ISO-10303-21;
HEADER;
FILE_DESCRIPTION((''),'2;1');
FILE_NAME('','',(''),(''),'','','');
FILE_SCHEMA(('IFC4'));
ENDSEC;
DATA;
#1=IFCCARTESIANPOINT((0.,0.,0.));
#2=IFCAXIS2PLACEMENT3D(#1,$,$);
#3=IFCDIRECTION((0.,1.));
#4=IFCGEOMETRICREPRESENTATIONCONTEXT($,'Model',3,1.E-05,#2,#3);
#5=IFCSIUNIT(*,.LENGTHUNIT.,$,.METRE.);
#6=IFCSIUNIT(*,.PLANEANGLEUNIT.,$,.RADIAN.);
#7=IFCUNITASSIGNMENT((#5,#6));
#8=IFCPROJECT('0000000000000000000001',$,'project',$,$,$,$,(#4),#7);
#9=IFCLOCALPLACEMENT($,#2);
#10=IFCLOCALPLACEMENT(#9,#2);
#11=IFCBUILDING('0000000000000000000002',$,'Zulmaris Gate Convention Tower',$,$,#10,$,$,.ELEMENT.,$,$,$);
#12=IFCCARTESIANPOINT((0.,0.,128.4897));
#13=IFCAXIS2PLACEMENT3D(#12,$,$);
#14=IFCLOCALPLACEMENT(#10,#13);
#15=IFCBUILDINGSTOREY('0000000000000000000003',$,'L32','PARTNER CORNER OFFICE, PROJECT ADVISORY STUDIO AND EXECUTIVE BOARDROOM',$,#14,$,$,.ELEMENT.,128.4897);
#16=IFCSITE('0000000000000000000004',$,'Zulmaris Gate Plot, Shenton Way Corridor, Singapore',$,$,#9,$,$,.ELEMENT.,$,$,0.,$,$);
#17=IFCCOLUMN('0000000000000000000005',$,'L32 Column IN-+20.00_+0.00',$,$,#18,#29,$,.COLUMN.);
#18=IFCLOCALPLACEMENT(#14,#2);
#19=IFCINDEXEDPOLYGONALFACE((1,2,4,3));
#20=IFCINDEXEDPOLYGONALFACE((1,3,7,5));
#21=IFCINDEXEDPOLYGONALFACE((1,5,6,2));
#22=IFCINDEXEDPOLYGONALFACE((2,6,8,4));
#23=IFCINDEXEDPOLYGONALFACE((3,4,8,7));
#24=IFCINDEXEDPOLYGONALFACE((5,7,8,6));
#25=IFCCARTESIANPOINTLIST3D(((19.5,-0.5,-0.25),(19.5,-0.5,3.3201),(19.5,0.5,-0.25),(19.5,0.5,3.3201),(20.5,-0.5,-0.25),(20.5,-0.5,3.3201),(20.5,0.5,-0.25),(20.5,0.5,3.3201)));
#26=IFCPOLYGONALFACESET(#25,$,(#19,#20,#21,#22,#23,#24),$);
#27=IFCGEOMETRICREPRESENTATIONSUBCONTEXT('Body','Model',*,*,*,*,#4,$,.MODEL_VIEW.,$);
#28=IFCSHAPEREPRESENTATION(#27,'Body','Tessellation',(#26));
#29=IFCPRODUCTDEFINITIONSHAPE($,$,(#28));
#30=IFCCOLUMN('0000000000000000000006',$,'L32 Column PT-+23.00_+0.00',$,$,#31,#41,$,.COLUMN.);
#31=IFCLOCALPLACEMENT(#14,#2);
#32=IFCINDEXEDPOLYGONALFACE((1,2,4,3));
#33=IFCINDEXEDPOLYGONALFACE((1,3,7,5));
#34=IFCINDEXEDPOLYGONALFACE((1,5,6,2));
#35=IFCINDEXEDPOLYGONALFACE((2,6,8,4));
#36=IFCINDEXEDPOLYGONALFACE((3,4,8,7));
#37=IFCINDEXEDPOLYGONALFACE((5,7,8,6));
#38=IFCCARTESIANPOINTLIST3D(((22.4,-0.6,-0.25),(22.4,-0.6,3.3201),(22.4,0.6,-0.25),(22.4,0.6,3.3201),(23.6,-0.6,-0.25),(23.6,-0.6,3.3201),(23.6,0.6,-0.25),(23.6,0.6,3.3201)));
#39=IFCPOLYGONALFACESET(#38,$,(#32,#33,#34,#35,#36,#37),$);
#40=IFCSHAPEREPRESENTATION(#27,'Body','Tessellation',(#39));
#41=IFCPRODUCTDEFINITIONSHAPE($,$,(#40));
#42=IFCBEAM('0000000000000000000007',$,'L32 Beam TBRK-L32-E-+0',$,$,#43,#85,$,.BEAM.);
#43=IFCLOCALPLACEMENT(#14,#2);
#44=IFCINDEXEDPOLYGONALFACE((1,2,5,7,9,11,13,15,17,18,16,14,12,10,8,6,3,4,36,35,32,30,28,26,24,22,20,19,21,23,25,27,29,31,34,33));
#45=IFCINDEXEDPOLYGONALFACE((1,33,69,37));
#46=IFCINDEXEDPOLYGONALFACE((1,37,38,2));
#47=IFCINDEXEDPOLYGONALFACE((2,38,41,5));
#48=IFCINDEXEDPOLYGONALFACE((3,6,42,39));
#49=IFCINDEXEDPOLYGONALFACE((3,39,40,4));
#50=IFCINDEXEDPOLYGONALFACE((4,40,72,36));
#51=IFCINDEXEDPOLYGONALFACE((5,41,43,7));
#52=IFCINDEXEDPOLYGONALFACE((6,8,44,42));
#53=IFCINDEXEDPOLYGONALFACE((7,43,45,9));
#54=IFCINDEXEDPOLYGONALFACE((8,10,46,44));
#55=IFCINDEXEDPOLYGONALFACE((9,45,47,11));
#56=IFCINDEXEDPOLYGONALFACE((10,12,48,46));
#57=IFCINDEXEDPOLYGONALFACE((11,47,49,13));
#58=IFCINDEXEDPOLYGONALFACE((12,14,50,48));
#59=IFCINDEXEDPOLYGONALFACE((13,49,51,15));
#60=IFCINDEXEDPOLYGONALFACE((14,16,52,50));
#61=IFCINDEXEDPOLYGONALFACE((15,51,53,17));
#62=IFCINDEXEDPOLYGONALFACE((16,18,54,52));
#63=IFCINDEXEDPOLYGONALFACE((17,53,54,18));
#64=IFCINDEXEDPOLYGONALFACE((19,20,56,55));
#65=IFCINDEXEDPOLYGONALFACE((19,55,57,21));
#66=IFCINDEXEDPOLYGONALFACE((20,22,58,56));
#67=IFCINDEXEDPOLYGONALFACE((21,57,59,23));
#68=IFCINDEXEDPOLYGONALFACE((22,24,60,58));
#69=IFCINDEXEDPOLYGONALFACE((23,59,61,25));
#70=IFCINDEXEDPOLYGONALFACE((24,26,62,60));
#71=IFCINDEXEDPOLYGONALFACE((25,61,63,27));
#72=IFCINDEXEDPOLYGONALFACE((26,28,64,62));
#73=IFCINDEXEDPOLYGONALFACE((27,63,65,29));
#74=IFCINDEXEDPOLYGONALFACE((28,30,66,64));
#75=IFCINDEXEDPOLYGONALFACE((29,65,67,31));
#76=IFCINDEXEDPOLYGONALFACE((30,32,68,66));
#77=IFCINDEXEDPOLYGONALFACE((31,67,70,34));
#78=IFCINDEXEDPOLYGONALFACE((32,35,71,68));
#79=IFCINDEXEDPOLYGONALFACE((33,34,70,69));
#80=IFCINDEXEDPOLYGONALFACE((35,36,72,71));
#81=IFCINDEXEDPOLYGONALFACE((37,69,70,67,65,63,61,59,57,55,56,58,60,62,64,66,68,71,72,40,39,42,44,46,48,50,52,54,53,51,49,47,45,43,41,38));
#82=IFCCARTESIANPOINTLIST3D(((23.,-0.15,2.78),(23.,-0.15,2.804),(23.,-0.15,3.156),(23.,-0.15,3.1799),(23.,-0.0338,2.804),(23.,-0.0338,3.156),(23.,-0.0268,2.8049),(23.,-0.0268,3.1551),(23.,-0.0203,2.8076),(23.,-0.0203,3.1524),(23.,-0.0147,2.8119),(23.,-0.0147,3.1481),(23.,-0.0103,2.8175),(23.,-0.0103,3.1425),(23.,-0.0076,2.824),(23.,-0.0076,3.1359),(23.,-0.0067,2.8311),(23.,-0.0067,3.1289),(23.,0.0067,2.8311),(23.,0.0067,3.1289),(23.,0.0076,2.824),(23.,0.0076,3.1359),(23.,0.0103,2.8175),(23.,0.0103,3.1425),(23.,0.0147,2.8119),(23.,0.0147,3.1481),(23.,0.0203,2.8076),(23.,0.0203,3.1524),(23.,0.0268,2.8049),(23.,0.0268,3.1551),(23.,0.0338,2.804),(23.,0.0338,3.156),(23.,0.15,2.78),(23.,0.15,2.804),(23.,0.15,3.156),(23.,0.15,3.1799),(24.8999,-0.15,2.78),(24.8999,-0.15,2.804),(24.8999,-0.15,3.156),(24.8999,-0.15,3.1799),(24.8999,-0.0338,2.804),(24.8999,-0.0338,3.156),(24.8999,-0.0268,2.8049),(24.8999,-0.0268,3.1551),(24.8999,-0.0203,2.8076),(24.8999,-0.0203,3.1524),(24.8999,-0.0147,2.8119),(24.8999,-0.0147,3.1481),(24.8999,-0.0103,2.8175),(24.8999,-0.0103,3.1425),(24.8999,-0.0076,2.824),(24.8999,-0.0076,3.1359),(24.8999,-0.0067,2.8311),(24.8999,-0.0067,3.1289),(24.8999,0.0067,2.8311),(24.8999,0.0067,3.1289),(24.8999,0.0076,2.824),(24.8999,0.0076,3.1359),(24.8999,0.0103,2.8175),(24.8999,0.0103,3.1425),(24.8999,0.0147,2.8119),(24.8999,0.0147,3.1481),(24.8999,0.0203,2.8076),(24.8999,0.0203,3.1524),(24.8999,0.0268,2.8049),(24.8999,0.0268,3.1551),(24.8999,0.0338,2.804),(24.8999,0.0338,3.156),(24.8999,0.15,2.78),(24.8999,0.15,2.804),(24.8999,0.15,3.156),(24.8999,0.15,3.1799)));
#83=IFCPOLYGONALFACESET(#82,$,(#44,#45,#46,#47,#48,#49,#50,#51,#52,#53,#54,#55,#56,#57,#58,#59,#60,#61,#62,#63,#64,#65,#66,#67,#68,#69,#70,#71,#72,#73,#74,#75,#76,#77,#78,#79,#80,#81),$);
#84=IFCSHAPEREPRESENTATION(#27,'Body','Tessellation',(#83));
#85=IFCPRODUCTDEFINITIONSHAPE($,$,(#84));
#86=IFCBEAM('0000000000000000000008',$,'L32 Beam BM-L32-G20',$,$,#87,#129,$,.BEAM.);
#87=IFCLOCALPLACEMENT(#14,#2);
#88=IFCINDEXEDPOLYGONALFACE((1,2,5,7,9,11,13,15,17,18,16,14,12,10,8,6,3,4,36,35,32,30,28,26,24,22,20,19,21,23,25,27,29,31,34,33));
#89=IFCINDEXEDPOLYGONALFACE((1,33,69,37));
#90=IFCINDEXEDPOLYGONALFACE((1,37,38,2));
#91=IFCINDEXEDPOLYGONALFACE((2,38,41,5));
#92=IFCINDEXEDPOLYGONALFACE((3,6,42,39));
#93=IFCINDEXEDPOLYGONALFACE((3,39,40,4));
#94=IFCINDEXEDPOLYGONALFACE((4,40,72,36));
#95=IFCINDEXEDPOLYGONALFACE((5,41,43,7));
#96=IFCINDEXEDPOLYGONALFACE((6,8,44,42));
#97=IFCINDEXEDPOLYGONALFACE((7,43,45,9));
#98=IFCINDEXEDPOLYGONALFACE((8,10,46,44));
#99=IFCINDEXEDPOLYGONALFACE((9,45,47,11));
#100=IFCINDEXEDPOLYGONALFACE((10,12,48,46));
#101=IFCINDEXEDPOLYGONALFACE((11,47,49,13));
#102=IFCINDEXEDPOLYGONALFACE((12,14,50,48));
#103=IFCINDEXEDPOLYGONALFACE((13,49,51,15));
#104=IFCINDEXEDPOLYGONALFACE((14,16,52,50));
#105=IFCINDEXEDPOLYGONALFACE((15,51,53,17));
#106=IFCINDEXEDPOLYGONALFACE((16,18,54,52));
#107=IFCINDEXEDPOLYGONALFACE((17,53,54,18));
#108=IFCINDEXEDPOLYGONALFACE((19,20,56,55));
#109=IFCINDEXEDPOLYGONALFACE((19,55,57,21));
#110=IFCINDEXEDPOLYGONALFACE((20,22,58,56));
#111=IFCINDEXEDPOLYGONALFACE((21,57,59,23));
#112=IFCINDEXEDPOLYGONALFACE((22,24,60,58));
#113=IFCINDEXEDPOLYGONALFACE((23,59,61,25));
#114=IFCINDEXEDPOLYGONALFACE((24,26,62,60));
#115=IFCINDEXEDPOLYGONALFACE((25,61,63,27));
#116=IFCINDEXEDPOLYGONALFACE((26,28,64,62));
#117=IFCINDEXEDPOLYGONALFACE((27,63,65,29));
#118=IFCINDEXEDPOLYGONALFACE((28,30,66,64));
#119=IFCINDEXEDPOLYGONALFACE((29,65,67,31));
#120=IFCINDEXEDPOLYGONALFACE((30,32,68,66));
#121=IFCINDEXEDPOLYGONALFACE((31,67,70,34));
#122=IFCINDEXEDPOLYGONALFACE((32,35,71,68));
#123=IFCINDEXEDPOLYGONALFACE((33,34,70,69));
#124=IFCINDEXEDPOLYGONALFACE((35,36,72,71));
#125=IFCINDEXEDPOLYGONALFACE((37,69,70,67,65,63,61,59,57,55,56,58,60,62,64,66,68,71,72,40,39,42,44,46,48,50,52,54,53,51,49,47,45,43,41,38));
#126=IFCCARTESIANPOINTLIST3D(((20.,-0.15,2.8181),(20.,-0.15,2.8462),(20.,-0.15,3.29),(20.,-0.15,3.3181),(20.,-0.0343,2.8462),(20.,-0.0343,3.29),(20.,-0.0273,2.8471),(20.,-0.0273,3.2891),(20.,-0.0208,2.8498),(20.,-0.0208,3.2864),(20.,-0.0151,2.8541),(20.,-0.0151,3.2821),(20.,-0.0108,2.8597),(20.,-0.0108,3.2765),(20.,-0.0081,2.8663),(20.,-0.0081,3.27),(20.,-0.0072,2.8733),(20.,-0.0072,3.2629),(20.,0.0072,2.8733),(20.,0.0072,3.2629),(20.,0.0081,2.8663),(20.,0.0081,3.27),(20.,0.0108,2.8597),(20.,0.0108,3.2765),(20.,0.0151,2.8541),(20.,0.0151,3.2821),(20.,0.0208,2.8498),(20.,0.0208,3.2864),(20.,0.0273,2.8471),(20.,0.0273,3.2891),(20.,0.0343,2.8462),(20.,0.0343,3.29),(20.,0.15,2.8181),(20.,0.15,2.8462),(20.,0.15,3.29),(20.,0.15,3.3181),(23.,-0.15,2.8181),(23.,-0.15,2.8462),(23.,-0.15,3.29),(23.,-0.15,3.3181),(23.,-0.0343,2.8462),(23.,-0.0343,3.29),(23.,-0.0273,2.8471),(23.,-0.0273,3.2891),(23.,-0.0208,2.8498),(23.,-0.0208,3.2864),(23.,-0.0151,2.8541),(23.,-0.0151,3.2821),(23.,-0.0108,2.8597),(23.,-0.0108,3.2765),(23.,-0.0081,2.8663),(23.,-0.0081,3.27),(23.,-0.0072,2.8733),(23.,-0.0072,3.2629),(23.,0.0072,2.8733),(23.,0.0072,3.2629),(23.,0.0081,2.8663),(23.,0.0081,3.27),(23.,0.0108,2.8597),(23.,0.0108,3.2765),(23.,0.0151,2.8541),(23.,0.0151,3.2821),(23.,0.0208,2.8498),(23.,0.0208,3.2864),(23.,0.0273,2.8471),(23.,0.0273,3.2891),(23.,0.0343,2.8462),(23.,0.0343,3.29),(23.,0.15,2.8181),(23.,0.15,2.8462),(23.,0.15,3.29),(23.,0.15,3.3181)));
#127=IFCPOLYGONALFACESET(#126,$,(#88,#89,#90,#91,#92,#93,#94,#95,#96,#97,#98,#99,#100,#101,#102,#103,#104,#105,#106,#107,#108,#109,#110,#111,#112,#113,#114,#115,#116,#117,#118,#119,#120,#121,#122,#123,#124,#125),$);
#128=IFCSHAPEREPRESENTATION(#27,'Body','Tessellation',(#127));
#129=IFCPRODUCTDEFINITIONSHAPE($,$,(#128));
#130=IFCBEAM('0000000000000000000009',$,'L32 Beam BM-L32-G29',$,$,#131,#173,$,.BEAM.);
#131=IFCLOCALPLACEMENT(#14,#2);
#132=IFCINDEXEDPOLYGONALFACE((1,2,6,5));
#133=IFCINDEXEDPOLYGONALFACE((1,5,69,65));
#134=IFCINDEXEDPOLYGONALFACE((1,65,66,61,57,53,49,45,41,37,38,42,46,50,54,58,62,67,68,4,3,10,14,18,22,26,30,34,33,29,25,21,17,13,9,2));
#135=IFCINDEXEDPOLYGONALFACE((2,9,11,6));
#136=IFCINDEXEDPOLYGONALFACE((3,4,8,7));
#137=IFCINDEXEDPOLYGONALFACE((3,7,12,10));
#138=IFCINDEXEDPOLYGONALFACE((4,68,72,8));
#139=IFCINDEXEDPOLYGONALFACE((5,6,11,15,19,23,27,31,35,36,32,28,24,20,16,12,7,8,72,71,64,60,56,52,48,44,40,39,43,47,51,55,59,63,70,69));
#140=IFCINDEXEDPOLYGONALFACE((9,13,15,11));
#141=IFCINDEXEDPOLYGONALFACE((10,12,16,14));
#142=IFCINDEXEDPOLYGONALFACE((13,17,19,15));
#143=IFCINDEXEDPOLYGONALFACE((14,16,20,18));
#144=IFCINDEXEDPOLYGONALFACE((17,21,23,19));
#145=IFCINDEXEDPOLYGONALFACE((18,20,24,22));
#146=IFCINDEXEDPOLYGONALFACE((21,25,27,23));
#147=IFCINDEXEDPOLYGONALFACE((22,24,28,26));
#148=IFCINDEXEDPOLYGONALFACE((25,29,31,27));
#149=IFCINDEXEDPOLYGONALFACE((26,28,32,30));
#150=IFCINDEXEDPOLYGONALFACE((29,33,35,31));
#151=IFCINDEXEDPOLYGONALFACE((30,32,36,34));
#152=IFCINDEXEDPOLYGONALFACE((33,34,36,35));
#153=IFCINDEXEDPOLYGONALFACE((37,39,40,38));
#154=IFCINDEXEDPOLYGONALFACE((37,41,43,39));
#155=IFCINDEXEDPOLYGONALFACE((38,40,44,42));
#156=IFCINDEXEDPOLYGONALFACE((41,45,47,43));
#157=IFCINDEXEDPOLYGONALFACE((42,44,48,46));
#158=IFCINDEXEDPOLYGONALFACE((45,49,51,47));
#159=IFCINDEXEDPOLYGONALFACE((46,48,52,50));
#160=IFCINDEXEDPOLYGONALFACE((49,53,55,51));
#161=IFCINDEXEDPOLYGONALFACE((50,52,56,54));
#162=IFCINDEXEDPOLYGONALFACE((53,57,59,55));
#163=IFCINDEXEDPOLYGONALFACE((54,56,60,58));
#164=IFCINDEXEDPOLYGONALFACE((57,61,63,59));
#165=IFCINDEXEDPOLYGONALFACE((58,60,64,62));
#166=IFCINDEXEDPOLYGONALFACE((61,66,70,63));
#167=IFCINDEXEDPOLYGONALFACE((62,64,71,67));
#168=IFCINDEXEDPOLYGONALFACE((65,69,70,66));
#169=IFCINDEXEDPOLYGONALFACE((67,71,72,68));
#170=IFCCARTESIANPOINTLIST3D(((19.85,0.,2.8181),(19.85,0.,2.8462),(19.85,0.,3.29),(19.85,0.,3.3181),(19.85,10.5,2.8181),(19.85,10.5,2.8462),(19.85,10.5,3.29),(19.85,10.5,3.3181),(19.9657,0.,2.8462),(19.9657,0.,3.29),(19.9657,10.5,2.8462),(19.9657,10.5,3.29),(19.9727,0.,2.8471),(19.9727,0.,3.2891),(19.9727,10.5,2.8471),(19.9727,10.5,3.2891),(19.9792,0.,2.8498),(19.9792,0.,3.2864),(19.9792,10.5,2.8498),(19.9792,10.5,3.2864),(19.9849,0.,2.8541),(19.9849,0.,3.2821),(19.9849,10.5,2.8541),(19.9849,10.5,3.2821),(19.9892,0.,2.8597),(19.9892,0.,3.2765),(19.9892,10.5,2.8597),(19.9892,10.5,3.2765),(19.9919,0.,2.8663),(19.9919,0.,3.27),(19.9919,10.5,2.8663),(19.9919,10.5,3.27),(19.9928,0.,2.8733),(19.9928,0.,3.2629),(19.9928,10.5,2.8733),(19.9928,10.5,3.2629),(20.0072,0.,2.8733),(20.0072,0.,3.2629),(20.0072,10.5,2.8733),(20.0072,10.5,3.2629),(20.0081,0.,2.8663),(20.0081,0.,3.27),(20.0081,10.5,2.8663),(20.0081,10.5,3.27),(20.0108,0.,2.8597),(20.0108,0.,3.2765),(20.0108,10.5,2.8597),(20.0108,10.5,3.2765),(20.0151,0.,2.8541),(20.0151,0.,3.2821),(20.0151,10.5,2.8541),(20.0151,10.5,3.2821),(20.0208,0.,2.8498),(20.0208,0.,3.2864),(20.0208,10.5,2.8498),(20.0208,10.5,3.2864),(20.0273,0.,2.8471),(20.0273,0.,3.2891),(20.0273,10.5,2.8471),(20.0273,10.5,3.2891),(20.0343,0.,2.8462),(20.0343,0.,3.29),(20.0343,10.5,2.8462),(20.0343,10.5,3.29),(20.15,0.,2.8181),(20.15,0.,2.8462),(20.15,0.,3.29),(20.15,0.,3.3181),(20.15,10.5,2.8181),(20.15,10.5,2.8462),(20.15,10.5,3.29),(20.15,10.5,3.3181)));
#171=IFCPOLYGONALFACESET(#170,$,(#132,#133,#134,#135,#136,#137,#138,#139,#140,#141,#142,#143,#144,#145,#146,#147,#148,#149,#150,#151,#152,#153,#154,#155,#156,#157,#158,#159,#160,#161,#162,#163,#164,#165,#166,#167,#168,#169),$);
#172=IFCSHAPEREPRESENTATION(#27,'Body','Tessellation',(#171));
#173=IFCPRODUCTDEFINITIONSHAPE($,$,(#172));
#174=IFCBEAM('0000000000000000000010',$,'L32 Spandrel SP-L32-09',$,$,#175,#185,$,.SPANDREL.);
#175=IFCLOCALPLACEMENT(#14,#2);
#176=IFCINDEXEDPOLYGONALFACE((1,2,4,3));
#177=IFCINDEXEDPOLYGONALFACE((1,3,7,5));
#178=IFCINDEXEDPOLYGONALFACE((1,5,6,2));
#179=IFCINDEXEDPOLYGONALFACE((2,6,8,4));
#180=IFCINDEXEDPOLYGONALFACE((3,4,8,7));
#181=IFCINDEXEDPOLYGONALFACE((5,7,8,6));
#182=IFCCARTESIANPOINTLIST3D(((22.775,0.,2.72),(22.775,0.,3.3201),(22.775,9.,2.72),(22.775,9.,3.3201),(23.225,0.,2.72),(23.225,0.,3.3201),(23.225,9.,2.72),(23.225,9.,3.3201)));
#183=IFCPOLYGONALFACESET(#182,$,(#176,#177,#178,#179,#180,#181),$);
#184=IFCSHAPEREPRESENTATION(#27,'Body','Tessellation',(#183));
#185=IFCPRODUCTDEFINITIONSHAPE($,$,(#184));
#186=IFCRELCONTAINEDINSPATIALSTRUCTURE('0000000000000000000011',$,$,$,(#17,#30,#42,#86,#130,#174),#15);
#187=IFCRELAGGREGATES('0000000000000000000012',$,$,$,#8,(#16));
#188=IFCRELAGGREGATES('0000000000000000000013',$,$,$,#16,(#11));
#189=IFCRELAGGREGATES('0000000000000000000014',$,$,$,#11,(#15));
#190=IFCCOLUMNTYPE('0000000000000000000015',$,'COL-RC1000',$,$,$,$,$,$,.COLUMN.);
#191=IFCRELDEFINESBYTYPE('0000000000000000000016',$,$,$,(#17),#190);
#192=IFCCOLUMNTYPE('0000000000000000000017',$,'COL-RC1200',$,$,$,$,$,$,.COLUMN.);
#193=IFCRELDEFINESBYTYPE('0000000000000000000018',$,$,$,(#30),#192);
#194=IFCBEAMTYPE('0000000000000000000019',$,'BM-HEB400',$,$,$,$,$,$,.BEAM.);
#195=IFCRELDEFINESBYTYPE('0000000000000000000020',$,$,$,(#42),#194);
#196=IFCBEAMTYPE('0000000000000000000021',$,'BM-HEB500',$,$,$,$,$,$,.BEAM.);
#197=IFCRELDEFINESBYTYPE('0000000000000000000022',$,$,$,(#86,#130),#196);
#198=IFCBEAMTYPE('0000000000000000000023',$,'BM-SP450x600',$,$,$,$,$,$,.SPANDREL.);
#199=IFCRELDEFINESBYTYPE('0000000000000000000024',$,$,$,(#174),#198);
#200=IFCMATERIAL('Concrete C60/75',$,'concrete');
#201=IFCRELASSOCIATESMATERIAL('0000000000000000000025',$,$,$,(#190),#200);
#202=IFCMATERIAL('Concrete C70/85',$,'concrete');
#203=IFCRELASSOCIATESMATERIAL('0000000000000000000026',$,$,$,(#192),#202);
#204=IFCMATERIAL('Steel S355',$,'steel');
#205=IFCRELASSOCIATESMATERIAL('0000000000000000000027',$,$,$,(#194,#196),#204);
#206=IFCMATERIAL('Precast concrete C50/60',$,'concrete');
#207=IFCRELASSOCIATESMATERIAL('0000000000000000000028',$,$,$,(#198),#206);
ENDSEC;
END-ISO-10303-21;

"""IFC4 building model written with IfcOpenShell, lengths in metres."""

from ifc_helpers import new_model, si_unit, direction, frame, origin, origin_2d, place, context, subcontext, project, spatial, rectangle, i_section, extrude, material, material_profile, profile_set, type_object, element, save


model = new_model("IFC4")

# Units and contexts
model_context = context("Model", 3, precision=1e-05, world=origin(), true_north=direction((0.0, 1.0)))
body_context = subcontext(model_context, "Body", "Model", "MODEL_VIEW")
ifc_project = project(units=[si_unit("LENGTHUNIT", "METRE"), si_unit("PLANEANGLEUNIT", "RADIAN")], contexts=[model_context])

# Site, building, storey
site_placement = place(None, origin())
site = spatial("IfcSite", under=ifc_project, at=site_placement, Name="Zulmaris Gate Plot, Shenton Way Corridor, Singapore", CompositionType="ELEMENT", RefElevation=0.0)
building_placement = place(site_placement, origin())
building = spatial("IfcBuilding", under=site, at=building_placement, Name="Zulmaris Gate Convention Tower", CompositionType="ELEMENT")
storey_placement = place(building_placement, frame((0.0, 0.0, 128.4897)))
storey = spatial("IfcBuildingStorey", under=building, at=storey_placement, Name="L32", Description="PARTNER CORNER OFFICE, PROJECT ADVISORY STUDIO AND EXECUTIVE BOARDROOM", CompositionType="ELEMENT", Elevation=128.4897)

# Columns
ifc_material_1 = material(Name="Concrete C60/75", Category="concrete")
ifc_material_profile_1 = material_profile(ifc_material_1, rectangle(XDim=1.0, YDim=1.0, at=origin_2d()), Name="RC COL 1000x1000")
ifc_profile_set_1 = profile_set([ifc_material_profile_1], Name="Concrete C60/75")
column_type_1 = type_object("IfcColumnType", Name="COL-RC1000", PredefinedType="COLUMN", material=ifc_profile_set_1)
column_1_placement = place(storey_placement, frame((20.0, 0.0, -0.25), z_axis=(0.0, 0.0, 1.0), x_axis=(1.0, 0.0, 0.0)))
element("IfcColumn", 1, at=column_1_placement, inside=storey, type_object=column_type_1, Name="L32 Column IN-+20.00_+0.00", PredefinedType="COLUMN", context=body_context, shape_type="SweptSolid", body=[
    extrude(rectangle(XDim=1.0, YDim=1.0, at=origin_2d()), origin(), (0.0, 0.0, 1.0), 3.5701),
])
ifc_material_2 = material(Name="Concrete C70/85", Category="concrete")
ifc_material_profile_2 = material_profile(ifc_material_2, rectangle(XDim=1.2, YDim=1.2, at=origin_2d()), Name="RC COL 1200x1200")
ifc_profile_set_2 = profile_set([ifc_material_profile_2], Name="Concrete C70/85")
column_type_2 = type_object("IfcColumnType", Name="COL-RC1200", PredefinedType="COLUMN", material=ifc_profile_set_2)
column_2_placement = place(storey_placement, frame((23.0, 0.0, -0.25), z_axis=(0.0, 0.0, 1.0), x_axis=(1.0, 0.0, 0.0)))
element("IfcColumn", 2, at=column_2_placement, inside=storey, type_object=column_type_2, Name="L32 Column PT-+23.00_+0.00", PredefinedType="COLUMN", context=body_context, shape_type="SweptSolid", body=[
    extrude(rectangle(XDim=1.2, YDim=1.2, at=origin_2d()), origin(), (0.0, 0.0, 1.0), 3.5701),
])

# Beams
ifc_material_3 = material(Name="Steel S355", Category="steel")
ifc_material_profile_3 = material_profile(ifc_material_3, i_section(OverallWidth=0.3, OverallDepth=0.3999, WebThickness=0.0134, FlangeThickness=0.0239, FilletRadius=0.0271, at=origin_2d()), Name="HEB 400")
ifc_profile_set_3 = profile_set([ifc_material_profile_3], Name="Steel S355")
beam_type_1 = type_object("IfcBeamType", Name="BM-HEB400", PredefinedType="BEAM", material=ifc_profile_set_3)
beam_1_placement = place(storey_placement, frame((23.0, 0.0, 2.98), z_axis=(1.0, 0.0, 0.0), x_axis=(0.0, 1.0, 0.0)))
element("IfcBeam", 3, at=beam_1_placement, inside=storey, type_object=beam_type_1, Name="L32 Beam TBRK-L32-E-+0", PredefinedType="BEAM", context=body_context, shape_type="SweptSolid", body=[
    extrude(i_section(OverallWidth=0.3, OverallDepth=0.3999, WebThickness=0.0134, FlangeThickness=0.0239, FilletRadius=0.0271, at=origin_2d()), origin(), (0.0, 0.0, 1.0), 1.8999),
])
ifc_material_profile_4 = material_profile(ifc_material_3, i_section(OverallWidth=0.3, OverallDepth=0.5, WebThickness=0.0144, FlangeThickness=0.0281, FilletRadius=0.0271, at=origin_2d()), Name="HEB 500")
ifc_profile_set_4 = profile_set([ifc_material_profile_4], Name="Steel S355")
beam_type_2 = type_object("IfcBeamType", Name="BM-HEB500", PredefinedType="BEAM", material=ifc_profile_set_4)
beam_2_placement = place(storey_placement, frame((20.0, 0.0, 3.0681), z_axis=(1.0, 0.0, 0.0), x_axis=(0.0, 1.0, 0.0)))
element("IfcBeam", 4, at=beam_2_placement, inside=storey, type_object=beam_type_2, Name="L32 Beam BM-L32-G20", PredefinedType="BEAM", context=body_context, shape_type="SweptSolid", body=[
    extrude(i_section(OverallWidth=0.3, OverallDepth=0.5, WebThickness=0.0144, FlangeThickness=0.0281, FilletRadius=0.0271, at=origin_2d()), origin(), (0.0, 0.0, 1.0), 3.0),
])
beam_3_placement = place(storey_placement, frame((20.0, 0.0, 3.0681), z_axis=(0.0, 1.0, 0.0), x_axis=(-1.0, 0.0, 0.0)))
element("IfcBeam", 5, at=beam_3_placement, inside=storey, type_object=beam_type_2, Name="L32 Beam BM-L32-G29", PredefinedType="BEAM", context=body_context, shape_type="SweptSolid", body=[
    extrude(i_section(OverallWidth=0.3, OverallDepth=0.5, WebThickness=0.0144, FlangeThickness=0.0281, FilletRadius=0.0271, at=origin_2d()), origin(), (0.0, 0.0, 1.0), 10.5),
])
ifc_material_4 = material(Name="Precast concrete C50/60", Category="concrete")
ifc_material_profile_5 = material_profile(ifc_material_4, rectangle(XDim=0.45, YDim=0.6001, at=origin_2d()), Name="RC SPANDREL 450x600")
ifc_profile_set_5 = profile_set([ifc_material_profile_5], Name="Precast concrete C50/60")
beam_type_3 = type_object("IfcBeamType", Name="BM-SP450x600", PredefinedType="SPANDREL", material=ifc_profile_set_5)
beam_4_placement = place(storey_placement, frame((23.0, 0.0, 3.02), z_axis=(0.0, 1.0, 0.0), x_axis=(-1.0, 0.0, 0.0)))
element("IfcBeam", 6, at=beam_4_placement, inside=storey, type_object=beam_type_3, Name="L32 Spandrel SP-L32-09", PredefinedType="SPANDREL", context=body_context, shape_type="SweptSolid", body=[
    extrude(rectangle(XDim=0.45, YDim=0.6001, at=origin_2d()), origin(), (0.0, 0.0, 1.0), 9.0),
])

save(model, "model.ifc")
